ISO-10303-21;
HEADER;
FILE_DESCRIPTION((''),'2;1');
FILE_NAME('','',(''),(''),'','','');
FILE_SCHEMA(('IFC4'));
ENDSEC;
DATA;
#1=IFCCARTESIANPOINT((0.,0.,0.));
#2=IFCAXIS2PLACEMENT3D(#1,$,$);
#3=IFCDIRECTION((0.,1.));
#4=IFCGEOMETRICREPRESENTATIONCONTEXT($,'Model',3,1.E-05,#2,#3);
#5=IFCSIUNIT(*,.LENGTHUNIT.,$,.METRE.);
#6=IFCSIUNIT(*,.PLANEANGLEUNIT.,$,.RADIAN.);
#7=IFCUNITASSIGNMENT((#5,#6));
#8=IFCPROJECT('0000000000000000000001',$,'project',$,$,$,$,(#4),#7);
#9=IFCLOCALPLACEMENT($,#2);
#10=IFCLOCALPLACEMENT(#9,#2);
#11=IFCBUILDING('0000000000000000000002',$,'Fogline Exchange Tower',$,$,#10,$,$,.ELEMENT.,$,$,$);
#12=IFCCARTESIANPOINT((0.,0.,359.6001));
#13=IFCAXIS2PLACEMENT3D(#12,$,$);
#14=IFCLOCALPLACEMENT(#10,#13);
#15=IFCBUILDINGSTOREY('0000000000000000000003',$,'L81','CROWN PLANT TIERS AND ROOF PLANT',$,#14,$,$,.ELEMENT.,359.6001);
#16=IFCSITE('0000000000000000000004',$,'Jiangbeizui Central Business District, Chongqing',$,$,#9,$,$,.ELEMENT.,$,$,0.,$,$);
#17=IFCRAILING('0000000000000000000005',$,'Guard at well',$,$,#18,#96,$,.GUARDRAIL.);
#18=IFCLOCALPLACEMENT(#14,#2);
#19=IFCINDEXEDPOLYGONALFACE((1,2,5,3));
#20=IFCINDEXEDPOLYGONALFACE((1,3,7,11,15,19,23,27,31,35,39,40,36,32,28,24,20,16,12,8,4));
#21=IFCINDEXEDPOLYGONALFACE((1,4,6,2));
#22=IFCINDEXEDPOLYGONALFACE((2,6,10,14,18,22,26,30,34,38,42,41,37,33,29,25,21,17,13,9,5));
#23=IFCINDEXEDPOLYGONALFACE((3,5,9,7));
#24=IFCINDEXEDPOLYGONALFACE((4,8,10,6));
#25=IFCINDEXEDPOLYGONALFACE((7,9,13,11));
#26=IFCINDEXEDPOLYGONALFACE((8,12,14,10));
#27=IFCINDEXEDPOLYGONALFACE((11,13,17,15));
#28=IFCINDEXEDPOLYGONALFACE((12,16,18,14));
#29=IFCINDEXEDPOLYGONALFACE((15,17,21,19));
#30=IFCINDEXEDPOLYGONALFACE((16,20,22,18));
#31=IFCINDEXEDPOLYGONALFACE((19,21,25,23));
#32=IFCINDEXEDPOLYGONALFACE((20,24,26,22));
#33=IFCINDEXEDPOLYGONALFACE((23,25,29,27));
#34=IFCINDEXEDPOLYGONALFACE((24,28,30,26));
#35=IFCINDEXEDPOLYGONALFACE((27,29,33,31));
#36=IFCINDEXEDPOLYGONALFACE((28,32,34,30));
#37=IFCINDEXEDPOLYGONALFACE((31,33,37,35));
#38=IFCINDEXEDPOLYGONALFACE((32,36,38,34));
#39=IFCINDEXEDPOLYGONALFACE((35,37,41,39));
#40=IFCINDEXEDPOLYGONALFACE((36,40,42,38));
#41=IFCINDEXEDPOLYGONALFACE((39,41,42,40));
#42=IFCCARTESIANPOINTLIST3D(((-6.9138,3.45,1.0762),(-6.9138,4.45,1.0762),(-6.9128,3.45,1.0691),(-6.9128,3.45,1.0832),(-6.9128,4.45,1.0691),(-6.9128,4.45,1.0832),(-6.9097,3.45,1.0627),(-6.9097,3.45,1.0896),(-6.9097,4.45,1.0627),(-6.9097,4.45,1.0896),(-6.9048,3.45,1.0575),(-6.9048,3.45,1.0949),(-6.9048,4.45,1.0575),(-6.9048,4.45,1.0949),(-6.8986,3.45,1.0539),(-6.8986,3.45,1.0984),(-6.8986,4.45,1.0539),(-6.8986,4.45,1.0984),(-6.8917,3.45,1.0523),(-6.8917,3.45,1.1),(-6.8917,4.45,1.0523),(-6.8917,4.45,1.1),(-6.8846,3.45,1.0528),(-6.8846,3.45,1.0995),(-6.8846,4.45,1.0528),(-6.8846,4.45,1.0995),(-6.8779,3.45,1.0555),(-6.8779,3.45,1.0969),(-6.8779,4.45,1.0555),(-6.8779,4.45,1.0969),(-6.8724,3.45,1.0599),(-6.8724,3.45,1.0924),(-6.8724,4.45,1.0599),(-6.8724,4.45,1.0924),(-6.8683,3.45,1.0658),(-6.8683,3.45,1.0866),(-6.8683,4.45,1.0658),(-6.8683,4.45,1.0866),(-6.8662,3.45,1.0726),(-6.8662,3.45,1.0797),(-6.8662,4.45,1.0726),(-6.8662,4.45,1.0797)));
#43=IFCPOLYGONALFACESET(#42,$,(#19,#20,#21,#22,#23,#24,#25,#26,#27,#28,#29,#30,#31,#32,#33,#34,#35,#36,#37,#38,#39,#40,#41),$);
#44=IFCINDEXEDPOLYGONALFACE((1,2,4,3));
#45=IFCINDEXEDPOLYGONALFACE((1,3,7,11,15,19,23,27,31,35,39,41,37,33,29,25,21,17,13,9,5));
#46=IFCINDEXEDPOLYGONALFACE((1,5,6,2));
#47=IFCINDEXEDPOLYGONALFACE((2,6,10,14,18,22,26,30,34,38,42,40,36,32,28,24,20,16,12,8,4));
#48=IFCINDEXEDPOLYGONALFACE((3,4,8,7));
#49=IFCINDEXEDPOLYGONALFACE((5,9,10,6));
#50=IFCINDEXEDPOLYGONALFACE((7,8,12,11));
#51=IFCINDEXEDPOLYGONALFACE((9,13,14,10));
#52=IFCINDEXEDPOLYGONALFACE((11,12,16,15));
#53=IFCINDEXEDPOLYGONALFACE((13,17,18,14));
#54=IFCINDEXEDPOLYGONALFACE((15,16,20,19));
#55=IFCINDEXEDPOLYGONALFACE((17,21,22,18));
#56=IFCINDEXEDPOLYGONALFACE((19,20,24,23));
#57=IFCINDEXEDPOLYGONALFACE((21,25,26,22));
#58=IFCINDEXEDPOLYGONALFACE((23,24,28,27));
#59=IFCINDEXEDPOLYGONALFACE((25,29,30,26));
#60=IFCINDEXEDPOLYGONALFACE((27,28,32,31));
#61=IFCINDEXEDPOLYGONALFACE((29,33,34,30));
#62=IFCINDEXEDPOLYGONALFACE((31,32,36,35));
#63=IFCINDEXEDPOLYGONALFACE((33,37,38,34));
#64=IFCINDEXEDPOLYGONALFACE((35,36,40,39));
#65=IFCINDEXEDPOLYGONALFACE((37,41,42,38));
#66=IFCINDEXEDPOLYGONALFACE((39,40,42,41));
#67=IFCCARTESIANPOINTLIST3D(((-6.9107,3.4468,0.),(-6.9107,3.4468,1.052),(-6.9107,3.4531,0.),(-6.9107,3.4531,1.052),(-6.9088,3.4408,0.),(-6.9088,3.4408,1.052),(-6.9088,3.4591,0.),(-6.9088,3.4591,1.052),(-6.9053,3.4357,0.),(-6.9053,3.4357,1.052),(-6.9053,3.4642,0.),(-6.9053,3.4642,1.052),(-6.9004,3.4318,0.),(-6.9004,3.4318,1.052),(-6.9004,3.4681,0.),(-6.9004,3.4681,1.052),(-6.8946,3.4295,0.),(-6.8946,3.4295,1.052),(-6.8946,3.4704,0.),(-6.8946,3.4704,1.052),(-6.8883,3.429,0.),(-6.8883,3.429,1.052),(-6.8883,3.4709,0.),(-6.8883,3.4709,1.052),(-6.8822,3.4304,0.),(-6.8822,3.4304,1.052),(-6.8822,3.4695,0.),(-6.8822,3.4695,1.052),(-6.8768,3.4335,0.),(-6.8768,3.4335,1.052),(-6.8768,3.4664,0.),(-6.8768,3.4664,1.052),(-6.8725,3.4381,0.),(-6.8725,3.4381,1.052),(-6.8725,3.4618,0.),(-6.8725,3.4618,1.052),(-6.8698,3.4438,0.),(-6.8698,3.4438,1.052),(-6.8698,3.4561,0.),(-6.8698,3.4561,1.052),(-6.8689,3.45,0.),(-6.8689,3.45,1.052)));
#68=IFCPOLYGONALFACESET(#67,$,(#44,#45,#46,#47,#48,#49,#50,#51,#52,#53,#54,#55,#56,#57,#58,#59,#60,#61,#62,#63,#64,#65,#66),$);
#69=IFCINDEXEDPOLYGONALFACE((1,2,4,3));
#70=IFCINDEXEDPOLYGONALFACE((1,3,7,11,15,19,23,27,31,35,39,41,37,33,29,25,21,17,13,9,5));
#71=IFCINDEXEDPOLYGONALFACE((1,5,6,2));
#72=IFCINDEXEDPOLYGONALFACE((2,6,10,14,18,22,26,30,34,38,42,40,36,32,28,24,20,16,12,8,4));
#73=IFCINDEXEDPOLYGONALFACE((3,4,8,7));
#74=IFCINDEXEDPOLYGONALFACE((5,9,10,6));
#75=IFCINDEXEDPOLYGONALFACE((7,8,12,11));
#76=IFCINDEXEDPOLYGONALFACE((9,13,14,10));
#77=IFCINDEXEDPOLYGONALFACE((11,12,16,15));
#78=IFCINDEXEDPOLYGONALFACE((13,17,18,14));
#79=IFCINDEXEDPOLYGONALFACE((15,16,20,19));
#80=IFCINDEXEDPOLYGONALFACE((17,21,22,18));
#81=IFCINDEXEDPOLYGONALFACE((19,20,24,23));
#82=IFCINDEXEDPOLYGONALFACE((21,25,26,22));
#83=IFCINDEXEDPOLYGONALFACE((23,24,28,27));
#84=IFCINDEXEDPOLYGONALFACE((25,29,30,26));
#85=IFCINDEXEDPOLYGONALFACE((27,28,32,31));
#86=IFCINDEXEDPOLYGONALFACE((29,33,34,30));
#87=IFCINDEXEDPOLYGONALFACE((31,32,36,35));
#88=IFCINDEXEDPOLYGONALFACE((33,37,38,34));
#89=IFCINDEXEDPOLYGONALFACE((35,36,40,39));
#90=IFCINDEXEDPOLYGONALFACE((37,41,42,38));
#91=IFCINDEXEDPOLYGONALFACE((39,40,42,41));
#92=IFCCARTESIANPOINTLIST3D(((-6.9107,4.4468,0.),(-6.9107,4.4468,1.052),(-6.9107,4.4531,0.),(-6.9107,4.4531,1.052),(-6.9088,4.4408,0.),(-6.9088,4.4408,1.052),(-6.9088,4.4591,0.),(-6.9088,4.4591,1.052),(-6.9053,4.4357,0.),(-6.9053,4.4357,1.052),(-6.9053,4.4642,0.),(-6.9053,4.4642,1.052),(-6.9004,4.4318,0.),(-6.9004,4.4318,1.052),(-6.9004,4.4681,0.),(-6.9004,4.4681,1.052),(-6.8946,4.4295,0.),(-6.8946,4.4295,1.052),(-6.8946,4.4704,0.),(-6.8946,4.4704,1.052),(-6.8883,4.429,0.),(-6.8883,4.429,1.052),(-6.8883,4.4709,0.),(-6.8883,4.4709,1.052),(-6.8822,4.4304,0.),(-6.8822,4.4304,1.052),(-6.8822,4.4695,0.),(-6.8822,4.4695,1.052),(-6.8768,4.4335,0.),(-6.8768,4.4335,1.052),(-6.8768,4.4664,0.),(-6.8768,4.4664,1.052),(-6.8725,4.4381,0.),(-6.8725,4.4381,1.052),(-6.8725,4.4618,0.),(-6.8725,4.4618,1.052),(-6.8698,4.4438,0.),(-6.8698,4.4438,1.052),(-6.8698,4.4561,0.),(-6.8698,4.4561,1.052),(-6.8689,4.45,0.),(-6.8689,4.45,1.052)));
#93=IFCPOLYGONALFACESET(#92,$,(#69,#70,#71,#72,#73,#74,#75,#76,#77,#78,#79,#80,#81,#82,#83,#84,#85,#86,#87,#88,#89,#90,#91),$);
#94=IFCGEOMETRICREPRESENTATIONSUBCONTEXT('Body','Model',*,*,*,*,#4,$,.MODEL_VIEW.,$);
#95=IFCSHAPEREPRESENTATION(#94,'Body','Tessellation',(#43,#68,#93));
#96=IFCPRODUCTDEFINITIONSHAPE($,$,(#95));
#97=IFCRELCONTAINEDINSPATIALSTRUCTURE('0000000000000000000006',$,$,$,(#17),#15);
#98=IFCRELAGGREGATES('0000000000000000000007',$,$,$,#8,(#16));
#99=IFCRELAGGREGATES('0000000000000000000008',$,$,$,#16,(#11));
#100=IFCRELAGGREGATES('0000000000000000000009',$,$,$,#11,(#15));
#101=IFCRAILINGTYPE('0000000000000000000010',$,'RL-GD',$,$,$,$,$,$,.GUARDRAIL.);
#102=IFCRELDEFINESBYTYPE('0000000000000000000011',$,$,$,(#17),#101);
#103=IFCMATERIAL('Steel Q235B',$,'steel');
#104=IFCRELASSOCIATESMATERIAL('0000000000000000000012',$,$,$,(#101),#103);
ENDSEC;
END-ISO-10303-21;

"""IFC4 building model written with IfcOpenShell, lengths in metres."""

from ifc_helpers import new_model, si_unit, direction, frame, origin, origin_2d, place, context, subcontext, project, spatial, circle, extrude, material, type_object, element, save


model = new_model("IFC4")

# Units and contexts
model_context = context("Model", 3, precision=1e-05, world=origin(), true_north=direction((0.0, 1.0)))
body_context = subcontext(model_context, "Body", "Model", "MODEL_VIEW")
ifc_project = project(units=[si_unit("LENGTHUNIT", "METRE"), si_unit("PLANEANGLEUNIT", "RADIAN")], contexts=[model_context])

# Site, building, storey
site_placement = place(None, origin())
site = spatial("IfcSite", under=ifc_project, at=site_placement, Name="Jiangbeizui Central Business District, Chongqing", CompositionType="ELEMENT", RefElevation=0.0)
building_placement = place(site_placement, origin())
building = spatial("IfcBuilding", under=site, at=building_placement, Name="Fogline Exchange Tower", CompositionType="ELEMENT")
storey_placement = place(building_placement, frame((0.0, 0.0, 359.6001)))
storey = spatial("IfcBuildingStorey", under=building, at=storey_placement, Name="L81", Description="CROWN PLANT TIERS AND ROOF PLANT", CompositionType="ELEMENT", Elevation=359.6001)

# Railing
ifc_material_1 = material(Name="Steel Q235B", Category="steel")
railing_type_1 = type_object("IfcRailingType", Name="RL-GD", PredefinedType="GUARDRAIL", material=ifc_material_1)
railing_1_placement = place(storey_placement, frame((-6.8899, 3.45, 0.0)))
element("IfcRailing", 1, at=railing_1_placement, inside=storey, type_object=railing_type_1, Name="Guard at well", PredefinedType="GUARDRAIL", context=body_context, shape_type="SweptSolid", body=[
    extrude(circle(Radius=0.0239, at=origin_2d()), frame((0.0, 0.0, 1.0762), z_axis=(0.0, 1.0, 0.0), x_axis=(-1.0, 0.0, 0.0)), (0.0, 0.0, 1.0), 1.0),
    extrude(circle(Radius=0.021, at=origin_2d()), origin(), (0.0, 0.0, 1.0), 1.052),
    extrude(circle(Radius=0.021, at=origin_2d()), frame((0.0, 1.0, 0.0)), (0.0, 0.0, 1.0), 1.052),
])

save(model, "model.ifc")
